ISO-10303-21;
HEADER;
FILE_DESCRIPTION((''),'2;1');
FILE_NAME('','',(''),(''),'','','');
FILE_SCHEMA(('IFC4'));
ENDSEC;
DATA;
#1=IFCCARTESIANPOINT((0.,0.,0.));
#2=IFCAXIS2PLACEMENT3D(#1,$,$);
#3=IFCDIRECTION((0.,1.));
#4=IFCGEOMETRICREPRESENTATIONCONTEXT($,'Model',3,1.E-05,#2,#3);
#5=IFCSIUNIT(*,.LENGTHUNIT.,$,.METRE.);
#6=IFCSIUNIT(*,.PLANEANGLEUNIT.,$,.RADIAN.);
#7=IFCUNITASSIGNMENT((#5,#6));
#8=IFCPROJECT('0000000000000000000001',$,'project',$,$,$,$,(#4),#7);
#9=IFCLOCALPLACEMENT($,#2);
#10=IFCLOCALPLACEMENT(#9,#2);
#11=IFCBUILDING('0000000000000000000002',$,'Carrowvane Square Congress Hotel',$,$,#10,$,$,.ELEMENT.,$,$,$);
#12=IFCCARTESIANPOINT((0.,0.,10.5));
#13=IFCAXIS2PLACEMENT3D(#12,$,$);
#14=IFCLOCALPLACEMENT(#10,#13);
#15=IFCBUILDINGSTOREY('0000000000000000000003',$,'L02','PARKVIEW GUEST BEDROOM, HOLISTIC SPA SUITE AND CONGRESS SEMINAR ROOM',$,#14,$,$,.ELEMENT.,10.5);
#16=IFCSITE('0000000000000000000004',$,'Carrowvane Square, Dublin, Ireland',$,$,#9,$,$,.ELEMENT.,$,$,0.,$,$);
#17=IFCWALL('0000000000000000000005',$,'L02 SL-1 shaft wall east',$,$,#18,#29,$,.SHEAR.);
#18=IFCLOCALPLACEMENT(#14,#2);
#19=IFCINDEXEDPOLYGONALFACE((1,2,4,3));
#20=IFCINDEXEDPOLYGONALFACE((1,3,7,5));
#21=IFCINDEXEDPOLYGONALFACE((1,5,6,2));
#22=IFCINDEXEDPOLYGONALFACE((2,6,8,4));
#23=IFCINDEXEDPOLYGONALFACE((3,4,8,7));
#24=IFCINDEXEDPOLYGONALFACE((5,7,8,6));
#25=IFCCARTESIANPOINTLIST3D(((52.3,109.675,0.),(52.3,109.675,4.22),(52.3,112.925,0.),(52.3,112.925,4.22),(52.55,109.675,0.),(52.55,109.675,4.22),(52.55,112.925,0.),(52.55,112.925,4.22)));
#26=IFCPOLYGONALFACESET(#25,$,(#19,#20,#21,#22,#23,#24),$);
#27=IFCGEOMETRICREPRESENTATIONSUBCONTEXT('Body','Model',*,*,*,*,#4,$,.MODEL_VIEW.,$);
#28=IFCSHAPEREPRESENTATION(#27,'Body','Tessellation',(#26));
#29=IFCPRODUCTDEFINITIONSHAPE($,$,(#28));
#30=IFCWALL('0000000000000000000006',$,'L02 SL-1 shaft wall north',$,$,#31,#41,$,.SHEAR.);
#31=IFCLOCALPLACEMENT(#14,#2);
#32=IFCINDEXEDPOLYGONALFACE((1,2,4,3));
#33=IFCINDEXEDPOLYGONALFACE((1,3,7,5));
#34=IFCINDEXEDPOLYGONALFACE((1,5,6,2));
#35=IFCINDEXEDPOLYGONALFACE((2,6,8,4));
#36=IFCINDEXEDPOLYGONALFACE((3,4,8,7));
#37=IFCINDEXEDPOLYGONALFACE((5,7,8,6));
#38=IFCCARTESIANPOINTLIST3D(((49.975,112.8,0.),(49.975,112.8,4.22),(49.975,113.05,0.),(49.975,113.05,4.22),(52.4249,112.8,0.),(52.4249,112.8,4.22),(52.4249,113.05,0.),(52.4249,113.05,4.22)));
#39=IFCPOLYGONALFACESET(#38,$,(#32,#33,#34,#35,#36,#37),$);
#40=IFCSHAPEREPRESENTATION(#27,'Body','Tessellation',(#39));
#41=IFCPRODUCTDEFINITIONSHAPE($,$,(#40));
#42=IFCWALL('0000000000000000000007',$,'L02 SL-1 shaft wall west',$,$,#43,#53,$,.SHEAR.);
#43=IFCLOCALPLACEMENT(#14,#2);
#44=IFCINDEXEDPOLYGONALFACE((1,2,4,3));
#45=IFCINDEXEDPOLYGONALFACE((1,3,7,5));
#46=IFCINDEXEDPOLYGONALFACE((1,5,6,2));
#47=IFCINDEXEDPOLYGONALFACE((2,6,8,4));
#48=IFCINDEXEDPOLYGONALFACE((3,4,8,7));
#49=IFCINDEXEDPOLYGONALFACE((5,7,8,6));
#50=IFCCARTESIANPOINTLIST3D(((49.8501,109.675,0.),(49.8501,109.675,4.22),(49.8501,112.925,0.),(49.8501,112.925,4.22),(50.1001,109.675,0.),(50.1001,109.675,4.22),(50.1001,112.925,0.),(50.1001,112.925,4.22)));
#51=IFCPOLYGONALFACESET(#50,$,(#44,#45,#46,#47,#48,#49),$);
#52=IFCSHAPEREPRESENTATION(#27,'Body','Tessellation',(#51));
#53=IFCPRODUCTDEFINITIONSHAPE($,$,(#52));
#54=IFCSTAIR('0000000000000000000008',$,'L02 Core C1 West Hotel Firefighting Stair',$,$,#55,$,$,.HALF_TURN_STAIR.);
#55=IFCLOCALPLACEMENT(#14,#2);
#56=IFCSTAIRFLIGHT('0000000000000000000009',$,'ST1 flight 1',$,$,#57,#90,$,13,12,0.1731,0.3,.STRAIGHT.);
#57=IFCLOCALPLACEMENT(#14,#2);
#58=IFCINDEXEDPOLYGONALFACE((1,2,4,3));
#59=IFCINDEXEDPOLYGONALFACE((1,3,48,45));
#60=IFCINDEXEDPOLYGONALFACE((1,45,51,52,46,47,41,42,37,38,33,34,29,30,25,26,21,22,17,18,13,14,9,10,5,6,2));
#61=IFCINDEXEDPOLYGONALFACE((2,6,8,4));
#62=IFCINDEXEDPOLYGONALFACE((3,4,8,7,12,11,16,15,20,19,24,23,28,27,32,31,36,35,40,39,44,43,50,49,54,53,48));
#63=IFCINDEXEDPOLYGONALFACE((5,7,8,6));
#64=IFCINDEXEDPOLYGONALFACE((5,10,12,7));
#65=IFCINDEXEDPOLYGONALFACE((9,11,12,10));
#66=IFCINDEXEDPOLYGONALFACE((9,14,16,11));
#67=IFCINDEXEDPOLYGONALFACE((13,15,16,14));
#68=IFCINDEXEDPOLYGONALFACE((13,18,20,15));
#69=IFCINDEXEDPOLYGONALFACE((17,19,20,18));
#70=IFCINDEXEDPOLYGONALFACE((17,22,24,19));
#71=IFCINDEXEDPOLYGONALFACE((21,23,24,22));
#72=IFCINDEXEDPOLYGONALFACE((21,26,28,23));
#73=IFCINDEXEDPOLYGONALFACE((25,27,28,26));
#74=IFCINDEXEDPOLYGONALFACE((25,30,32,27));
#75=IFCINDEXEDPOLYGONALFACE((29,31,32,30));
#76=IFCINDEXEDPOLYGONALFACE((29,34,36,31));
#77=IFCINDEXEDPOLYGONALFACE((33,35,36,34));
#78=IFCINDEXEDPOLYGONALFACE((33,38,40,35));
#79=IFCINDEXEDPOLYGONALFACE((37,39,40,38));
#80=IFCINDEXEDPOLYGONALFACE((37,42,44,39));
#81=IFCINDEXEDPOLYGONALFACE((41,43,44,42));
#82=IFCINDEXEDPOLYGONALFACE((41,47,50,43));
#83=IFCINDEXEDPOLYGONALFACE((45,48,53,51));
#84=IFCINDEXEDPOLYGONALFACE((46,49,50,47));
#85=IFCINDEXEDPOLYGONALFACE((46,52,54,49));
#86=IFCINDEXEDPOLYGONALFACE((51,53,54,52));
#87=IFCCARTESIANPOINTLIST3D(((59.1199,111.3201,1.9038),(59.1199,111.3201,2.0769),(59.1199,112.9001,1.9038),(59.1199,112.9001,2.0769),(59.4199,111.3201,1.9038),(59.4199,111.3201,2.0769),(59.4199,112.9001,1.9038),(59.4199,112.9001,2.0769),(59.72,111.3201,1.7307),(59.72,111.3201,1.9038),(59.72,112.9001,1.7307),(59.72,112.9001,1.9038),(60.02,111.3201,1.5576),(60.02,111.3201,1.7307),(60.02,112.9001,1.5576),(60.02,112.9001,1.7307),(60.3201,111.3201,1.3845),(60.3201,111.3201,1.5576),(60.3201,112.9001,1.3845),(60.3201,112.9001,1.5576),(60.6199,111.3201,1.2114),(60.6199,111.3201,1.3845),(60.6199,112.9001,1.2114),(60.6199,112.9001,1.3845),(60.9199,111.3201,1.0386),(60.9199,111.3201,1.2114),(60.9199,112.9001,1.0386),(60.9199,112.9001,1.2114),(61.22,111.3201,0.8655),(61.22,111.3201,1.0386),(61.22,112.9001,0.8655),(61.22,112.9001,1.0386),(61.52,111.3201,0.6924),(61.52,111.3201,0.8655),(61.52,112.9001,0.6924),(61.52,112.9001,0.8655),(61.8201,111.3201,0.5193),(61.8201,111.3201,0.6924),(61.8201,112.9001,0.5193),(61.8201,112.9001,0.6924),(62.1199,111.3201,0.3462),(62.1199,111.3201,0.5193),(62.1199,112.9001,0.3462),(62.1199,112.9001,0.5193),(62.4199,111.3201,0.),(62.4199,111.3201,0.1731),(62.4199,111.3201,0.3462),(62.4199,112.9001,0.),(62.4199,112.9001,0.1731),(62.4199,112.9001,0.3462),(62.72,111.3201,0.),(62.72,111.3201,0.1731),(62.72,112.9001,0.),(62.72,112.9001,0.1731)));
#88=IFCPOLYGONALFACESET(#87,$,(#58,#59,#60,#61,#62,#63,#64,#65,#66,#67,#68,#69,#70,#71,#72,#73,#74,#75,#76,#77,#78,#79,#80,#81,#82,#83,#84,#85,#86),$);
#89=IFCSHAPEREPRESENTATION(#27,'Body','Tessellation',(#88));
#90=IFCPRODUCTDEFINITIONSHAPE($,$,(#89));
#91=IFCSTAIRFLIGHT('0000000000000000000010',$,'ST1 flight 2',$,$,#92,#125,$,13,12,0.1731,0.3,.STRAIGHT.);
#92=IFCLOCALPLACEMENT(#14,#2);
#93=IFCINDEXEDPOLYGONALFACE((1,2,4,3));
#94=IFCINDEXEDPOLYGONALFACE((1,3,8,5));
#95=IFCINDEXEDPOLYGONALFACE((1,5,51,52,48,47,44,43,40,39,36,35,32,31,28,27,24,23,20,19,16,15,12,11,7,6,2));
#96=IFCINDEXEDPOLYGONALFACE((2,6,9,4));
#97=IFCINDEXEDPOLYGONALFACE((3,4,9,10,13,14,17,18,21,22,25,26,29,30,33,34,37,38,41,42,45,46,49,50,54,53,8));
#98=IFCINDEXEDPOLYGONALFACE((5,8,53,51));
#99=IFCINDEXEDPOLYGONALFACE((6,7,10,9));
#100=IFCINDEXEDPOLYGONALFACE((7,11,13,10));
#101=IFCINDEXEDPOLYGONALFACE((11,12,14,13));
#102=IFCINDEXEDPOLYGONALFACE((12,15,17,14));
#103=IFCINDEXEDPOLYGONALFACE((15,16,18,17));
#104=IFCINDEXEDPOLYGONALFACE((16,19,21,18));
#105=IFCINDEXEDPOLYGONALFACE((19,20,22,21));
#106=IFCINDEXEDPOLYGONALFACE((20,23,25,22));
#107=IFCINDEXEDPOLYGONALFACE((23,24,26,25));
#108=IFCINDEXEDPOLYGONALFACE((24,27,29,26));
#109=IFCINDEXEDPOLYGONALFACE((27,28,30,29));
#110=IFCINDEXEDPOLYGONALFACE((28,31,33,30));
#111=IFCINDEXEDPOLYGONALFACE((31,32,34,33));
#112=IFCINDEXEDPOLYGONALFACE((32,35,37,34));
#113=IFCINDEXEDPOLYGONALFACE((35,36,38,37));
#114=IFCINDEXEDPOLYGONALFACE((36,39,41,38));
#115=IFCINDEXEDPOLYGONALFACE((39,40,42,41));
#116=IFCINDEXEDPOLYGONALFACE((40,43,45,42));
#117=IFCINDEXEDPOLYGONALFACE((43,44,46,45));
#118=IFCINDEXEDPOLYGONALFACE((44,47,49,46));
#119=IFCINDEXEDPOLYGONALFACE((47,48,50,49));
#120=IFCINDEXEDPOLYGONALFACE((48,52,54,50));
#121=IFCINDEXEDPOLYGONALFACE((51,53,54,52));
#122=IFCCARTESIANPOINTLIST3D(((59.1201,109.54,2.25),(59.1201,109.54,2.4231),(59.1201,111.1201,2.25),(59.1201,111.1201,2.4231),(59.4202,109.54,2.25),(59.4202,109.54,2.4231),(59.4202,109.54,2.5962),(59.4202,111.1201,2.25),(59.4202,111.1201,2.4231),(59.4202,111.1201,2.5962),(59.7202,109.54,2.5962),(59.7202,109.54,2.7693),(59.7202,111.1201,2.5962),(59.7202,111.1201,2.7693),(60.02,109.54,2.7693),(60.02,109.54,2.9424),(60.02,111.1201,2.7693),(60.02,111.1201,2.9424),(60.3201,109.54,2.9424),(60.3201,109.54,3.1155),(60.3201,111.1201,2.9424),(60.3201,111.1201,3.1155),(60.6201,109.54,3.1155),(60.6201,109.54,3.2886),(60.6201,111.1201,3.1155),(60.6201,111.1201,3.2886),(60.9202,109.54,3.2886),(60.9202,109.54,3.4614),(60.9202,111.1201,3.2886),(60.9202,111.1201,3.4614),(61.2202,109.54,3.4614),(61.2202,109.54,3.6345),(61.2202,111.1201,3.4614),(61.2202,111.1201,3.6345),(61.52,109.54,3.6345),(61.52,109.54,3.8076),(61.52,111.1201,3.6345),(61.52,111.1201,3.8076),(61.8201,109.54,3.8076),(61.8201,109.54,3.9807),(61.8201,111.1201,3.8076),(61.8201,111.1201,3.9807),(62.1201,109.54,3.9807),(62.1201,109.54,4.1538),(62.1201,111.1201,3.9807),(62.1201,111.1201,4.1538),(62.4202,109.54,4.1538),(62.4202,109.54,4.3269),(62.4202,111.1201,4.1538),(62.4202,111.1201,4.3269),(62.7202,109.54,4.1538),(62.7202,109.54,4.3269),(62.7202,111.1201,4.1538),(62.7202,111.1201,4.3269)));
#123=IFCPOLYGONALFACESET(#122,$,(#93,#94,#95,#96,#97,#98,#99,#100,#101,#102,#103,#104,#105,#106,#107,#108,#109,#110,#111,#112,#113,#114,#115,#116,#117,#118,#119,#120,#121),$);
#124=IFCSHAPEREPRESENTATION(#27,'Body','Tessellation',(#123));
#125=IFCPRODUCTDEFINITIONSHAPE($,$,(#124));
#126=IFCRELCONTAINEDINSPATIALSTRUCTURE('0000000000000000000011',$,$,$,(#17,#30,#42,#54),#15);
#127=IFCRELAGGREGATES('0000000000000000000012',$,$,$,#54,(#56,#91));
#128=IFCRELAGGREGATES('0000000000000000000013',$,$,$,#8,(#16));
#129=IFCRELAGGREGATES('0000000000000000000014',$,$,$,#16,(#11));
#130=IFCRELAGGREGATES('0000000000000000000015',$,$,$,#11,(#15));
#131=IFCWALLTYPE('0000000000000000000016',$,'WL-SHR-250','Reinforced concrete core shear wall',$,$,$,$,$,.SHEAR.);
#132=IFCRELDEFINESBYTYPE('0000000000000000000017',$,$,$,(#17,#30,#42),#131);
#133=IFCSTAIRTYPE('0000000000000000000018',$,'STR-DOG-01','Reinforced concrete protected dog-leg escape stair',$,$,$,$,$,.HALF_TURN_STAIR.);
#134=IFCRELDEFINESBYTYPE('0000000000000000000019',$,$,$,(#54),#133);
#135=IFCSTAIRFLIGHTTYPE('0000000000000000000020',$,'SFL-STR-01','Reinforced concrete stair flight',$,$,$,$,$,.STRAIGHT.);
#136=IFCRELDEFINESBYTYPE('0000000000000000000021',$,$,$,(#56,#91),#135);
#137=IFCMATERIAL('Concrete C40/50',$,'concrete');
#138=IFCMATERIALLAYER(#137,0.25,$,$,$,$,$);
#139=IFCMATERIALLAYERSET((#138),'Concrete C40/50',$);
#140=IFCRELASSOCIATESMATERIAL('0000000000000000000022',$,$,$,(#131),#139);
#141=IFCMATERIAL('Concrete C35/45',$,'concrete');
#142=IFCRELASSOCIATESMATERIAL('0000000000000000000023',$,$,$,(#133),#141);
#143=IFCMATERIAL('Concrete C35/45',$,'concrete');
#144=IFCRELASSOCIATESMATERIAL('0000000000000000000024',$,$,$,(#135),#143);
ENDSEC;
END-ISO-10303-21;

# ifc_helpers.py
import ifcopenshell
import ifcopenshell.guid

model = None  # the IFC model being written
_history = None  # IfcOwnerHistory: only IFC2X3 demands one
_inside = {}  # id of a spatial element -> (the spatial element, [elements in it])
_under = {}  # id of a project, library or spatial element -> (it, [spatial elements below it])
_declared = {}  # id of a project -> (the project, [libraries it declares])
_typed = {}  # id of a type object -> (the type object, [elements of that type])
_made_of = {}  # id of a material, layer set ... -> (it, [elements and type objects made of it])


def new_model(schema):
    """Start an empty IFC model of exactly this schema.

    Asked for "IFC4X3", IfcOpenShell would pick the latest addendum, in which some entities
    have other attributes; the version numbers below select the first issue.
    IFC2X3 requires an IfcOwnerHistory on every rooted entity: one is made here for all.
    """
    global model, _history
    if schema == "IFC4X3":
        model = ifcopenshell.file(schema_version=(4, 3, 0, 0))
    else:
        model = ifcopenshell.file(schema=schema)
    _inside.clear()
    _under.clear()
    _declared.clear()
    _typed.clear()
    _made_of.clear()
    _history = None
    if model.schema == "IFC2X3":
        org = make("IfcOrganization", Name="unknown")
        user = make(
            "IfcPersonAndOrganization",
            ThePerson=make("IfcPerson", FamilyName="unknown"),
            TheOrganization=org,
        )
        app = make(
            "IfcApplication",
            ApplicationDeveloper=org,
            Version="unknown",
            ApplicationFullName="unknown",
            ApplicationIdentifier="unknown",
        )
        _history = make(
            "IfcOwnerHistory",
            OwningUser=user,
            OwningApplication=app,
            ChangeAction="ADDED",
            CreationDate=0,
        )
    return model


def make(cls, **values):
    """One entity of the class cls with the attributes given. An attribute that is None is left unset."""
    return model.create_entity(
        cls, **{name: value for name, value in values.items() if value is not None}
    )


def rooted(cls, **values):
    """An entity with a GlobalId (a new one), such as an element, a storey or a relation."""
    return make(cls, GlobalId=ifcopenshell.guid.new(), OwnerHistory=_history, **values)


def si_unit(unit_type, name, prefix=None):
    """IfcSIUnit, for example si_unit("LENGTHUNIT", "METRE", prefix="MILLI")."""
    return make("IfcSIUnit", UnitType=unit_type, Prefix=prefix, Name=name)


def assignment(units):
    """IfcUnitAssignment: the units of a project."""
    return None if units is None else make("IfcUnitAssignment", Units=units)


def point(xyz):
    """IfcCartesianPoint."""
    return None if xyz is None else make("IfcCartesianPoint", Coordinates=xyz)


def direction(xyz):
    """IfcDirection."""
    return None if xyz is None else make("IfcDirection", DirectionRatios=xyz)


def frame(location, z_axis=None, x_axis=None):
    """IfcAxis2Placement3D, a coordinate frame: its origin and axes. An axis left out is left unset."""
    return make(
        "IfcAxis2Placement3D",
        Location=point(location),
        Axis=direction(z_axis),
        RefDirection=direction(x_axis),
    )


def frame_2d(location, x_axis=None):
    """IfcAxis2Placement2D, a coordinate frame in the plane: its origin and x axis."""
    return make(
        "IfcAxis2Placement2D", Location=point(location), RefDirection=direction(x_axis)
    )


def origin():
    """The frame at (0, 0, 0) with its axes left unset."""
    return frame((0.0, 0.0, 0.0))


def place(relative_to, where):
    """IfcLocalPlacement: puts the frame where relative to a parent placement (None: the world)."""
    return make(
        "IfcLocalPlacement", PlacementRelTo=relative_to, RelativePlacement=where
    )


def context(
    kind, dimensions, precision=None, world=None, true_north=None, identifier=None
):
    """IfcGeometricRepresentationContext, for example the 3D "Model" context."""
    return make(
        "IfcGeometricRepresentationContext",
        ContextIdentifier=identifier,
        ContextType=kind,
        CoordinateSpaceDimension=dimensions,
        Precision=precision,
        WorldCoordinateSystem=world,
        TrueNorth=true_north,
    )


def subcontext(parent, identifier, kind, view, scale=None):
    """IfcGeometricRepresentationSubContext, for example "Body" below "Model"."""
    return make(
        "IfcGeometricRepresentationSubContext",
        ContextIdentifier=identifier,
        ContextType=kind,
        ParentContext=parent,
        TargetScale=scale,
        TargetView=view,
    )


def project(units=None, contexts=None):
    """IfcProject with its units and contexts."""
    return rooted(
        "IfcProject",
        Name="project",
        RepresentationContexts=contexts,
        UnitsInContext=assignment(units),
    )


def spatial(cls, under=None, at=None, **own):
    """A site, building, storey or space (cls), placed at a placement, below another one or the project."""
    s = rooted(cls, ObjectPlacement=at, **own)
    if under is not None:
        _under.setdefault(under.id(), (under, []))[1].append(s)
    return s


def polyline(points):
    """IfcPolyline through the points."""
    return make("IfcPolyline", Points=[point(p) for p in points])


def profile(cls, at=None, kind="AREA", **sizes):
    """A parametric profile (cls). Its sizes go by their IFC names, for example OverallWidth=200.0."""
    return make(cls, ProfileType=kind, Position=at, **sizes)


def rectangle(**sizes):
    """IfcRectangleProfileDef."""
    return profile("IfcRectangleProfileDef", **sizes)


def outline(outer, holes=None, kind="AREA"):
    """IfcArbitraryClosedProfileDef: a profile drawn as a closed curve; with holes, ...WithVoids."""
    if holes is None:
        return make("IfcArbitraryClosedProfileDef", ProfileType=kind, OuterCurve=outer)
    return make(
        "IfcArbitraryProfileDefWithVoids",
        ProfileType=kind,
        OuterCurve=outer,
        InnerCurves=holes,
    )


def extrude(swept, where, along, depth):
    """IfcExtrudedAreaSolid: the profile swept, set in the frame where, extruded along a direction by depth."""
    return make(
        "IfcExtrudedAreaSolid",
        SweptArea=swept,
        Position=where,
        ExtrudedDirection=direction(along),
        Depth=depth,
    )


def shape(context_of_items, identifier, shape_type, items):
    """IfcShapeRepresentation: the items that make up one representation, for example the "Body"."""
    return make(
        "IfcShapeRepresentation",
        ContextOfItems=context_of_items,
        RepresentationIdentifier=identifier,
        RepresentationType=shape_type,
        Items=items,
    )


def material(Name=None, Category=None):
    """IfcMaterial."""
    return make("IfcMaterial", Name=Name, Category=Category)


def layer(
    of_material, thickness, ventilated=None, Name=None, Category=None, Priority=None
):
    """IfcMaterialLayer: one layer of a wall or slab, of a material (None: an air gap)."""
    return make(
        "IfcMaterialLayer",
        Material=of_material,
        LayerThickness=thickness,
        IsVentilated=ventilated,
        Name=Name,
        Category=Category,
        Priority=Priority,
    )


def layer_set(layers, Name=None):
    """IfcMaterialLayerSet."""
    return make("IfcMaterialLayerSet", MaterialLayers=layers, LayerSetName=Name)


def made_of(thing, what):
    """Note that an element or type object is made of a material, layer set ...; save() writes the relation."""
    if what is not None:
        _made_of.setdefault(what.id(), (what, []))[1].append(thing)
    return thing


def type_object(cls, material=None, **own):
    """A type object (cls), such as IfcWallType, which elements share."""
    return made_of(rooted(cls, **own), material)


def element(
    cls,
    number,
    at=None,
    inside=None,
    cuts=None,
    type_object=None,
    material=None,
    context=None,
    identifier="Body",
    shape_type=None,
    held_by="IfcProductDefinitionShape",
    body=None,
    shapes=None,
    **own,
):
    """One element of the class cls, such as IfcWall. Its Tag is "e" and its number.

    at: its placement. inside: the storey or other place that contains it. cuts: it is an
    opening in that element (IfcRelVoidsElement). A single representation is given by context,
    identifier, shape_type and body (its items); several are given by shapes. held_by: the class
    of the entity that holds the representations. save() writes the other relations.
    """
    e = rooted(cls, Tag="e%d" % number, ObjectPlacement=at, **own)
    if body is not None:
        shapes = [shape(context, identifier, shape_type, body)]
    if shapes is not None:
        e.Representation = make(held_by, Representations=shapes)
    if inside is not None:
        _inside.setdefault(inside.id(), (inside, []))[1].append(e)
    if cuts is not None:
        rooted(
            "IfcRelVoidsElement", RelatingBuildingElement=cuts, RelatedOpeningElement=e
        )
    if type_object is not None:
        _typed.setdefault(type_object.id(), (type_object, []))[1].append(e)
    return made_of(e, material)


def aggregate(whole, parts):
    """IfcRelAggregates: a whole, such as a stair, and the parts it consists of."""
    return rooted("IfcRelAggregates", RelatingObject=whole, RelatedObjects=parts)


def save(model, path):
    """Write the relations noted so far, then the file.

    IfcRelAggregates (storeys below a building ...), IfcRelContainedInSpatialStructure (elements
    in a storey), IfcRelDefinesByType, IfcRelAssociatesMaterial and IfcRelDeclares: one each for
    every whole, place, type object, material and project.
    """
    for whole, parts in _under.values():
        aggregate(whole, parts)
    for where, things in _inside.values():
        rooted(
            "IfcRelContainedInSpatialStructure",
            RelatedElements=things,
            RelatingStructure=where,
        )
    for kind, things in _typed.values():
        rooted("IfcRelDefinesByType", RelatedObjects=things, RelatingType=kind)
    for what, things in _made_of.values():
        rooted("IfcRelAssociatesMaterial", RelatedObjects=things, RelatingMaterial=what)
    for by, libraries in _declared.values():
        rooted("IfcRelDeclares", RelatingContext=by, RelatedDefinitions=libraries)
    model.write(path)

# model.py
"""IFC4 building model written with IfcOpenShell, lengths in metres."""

from ifc_helpers import new_model, si_unit, direction, frame, frame_2d, origin, place, context, subcontext, project, spatial, polyline, rectangle, outline, extrude, material, layer, layer_set, type_object, element, aggregate, save


model = new_model("IFC4")

# Units and contexts
model_context = context("Model", 3, precision=1e-05, world=origin(), true_north=direction((0.0, 1.0)))
body_context = subcontext(model_context, "Body", "Model", "MODEL_VIEW")
ifc_project = project(units=[si_unit("LENGTHUNIT", "METRE"), si_unit("PLANEANGLEUNIT", "RADIAN")], contexts=[model_context])

# Site, building, storey
site_placement = place(None, origin())
site = spatial("IfcSite", under=ifc_project, at=site_placement, Name="Carrowvane Square, Dublin, Ireland", CompositionType="ELEMENT", RefElevation=0.0)
building_placement = place(site_placement, origin())
building = spatial("IfcBuilding", under=site, at=building_placement, Name="Carrowvane Square Congress Hotel", CompositionType="ELEMENT")
storey_placement = place(building_placement, frame((0.0, 0.0, 10.5)))
storey = spatial("IfcBuildingStorey", under=building, at=storey_placement, Name="L02", Description="PARKVIEW GUEST BEDROOM, HOLISTIC SPA SUITE AND CONGRESS SEMINAR ROOM", CompositionType="ELEMENT", Elevation=10.5)

# Shared definitions
ifc_material_1 = material(Name="Concrete C40/50", Category="concrete")
ifc_layer_1 = layer(ifc_material_1, 0.25)
ifc_layer_set_1 = layer_set([ifc_layer_1], Name="Concrete C40/50")
wall_type_1 = type_object("IfcWallType", Name="WL-SHR-250", Description="Reinforced concrete core shear wall", PredefinedType="SHEAR", material=ifc_layer_set_1)

# Walls
wall_1_placement = place(storey_placement, frame((52.425, 109.675, 0.0), z_axis=(0.0, 0.0, 1.0), x_axis=(0.0, 1.0, 0.0)))
element("IfcWall", 1, at=wall_1_placement, inside=storey, type_object=wall_type_1, Name="L02 SL-1 shaft wall east", PredefinedType="SHEAR", context=body_context, shape_type="SweptSolid", body=[
    extrude(rectangle(XDim=3.25, YDim=0.25, at=frame_2d((1.625, 0.0))), origin(), (0.0, 0.0, 1.0), 4.22),
])
wall_2_placement = place(storey_placement, frame((52.425, 112.925, 0.0), z_axis=(0.0, 0.0, 1.0), x_axis=(-1.0, 0.0, 0.0)))
element("IfcWall", 2, at=wall_2_placement, inside=storey, type_object=wall_type_1, Name="L02 SL-1 shaft wall north", PredefinedType="SHEAR", context=body_context, shape_type="SweptSolid", body=[
    extrude(rectangle(XDim=2.45, YDim=0.25, at=frame_2d((1.2251, 0.0))), origin(), (0.0, 0.0, 1.0), 4.22),
])
wall_3_placement = place(storey_placement, frame((49.9751, 112.925, 0.0), z_axis=(0.0, 0.0, 1.0), x_axis=(0.0, -1.0, 0.0)))
element("IfcWall", 3, at=wall_3_placement, inside=storey, type_object=wall_type_1, Name="L02 SL-1 shaft wall west", PredefinedType="SHEAR", context=body_context, shape_type="SweptSolid", body=[
    extrude(rectangle(XDim=3.25, YDim=0.25, at=frame_2d((1.625, 0.0))), origin(), (0.0, 0.0, 1.0), 4.22),
])

# Stair, stair flights
ifc_material_2 = material(Name="Concrete C35/45", Category="concrete")
stair_type = type_object("IfcStairType", Name="STR-DOG-01", Description="Reinforced concrete protected dog-leg escape stair", PredefinedType="HALF_TURN_STAIR", material=ifc_material_2)
stair_placement = place(storey_placement, origin())
stair = element("IfcStair", 4, at=stair_placement, inside=storey, type_object=stair_type, Name="L02 Core C1 West Hotel Firefighting Stair", PredefinedType="HALF_TURN_STAIR")
ifc_material_3 = material(Name="Concrete C35/45", Category="concrete")
stair_flight_type = type_object("IfcStairFlightType", Name="SFL-STR-01", Description="Reinforced concrete stair flight", PredefinedType="STRAIGHT", material=ifc_material_3)
stair_flight_1_placement = place(storey_placement, frame((62.72, 112.1101, 0.0), z_axis=(0.0, 0.0, 1.0), x_axis=(-1.0, 0.0, 0.0)))
stair_flight_1 = element("IfcStairFlight", 5, at=stair_flight_1_placement, type_object=stair_flight_type, Name="ST1 flight 1", NumberOfRisers=13, NumberOfTreads=12, PredefinedType="STRAIGHT", RiserHeight=0.1731, TreadLength=0.3, context=body_context, shape_type="SweptSolid", body=[
    extrude(outline(polyline([(0.0, 0.0), (0.0, 0.1731), (0.3, 0.1731), (0.3, 0.3462), (0.6001, 0.3462), (0.6001, 0.5193), (0.8999, 0.5193), (0.8999, 0.6924), (1.2, 0.6924), (1.2, 0.8655), (1.5, 0.8655), (1.5, 1.0386), (1.8, 1.0386), (1.8, 1.2114), (2.1001, 1.2114), (2.1001, 1.3845), (2.3999, 1.3845), (2.3999, 1.5576), (2.7, 1.5576), (2.7, 1.7307), (3.0, 1.7307), (3.0, 1.9038), (3.3, 1.9038), (3.3, 2.0769), (3.6001, 2.0769), (3.6001, 2.25), (3.6001, 1.9038), (0.3, 0.0), (0.0, 0.0)])), frame((0.0, 0.79, 0.0), z_axis=(0.0, -1.0, 0.0), x_axis=(1.0, 0.0, 0.0)), (0.0, 0.0, 1.0), 1.5801),
])
stair_flight_2_placement = place(storey_placement, frame((59.1201, 110.3301, 2.25), z_axis=(0.0, 0.0, 1.0), x_axis=(1.0, 0.0, 0.0)))
stair_flight_2 = element("IfcStairFlight", 6, at=stair_flight_2_placement, type_object=stair_flight_type, Name="ST1 flight 2", NumberOfRisers=13, NumberOfTreads=12, PredefinedType="STRAIGHT", RiserHeight=0.1731, TreadLength=0.3, context=body_context, shape_type="SweptSolid", body=[
    extrude(outline(polyline([(0.0, 0.0), (0.0, 0.1731), (0.3, 0.1731), (0.3, 0.3462), (0.6001, 0.3462), (0.6001, 0.5193), (0.8999, 0.5193), (0.8999, 0.6924), (1.2, 0.6924), (1.2, 0.8655), (1.5, 0.8655), (1.5, 1.0386), (1.8, 1.0386), (1.8, 1.2114), (2.1001, 1.2114), (2.1001, 1.3845), (2.3999, 1.3845), (2.3999, 1.5576), (2.7, 1.5576), (2.7, 1.7307), (3.0, 1.7307), (3.0, 1.9038), (3.3, 1.9038), (3.3, 2.0769), (3.6001, 2.0769), (3.6001, 2.25), (3.6001, 1.9038), (0.3, 0.0), (0.0, 0.0)])), frame((0.0, 0.79, 0.0), z_axis=(0.0, -1.0, 0.0), x_axis=(1.0, 0.0, 0.0)), (0.0, 0.0, 1.0), 1.5801),
])
aggregate(stair, [stair_flight_1, stair_flight_2])

save(model, "model.ifc")
